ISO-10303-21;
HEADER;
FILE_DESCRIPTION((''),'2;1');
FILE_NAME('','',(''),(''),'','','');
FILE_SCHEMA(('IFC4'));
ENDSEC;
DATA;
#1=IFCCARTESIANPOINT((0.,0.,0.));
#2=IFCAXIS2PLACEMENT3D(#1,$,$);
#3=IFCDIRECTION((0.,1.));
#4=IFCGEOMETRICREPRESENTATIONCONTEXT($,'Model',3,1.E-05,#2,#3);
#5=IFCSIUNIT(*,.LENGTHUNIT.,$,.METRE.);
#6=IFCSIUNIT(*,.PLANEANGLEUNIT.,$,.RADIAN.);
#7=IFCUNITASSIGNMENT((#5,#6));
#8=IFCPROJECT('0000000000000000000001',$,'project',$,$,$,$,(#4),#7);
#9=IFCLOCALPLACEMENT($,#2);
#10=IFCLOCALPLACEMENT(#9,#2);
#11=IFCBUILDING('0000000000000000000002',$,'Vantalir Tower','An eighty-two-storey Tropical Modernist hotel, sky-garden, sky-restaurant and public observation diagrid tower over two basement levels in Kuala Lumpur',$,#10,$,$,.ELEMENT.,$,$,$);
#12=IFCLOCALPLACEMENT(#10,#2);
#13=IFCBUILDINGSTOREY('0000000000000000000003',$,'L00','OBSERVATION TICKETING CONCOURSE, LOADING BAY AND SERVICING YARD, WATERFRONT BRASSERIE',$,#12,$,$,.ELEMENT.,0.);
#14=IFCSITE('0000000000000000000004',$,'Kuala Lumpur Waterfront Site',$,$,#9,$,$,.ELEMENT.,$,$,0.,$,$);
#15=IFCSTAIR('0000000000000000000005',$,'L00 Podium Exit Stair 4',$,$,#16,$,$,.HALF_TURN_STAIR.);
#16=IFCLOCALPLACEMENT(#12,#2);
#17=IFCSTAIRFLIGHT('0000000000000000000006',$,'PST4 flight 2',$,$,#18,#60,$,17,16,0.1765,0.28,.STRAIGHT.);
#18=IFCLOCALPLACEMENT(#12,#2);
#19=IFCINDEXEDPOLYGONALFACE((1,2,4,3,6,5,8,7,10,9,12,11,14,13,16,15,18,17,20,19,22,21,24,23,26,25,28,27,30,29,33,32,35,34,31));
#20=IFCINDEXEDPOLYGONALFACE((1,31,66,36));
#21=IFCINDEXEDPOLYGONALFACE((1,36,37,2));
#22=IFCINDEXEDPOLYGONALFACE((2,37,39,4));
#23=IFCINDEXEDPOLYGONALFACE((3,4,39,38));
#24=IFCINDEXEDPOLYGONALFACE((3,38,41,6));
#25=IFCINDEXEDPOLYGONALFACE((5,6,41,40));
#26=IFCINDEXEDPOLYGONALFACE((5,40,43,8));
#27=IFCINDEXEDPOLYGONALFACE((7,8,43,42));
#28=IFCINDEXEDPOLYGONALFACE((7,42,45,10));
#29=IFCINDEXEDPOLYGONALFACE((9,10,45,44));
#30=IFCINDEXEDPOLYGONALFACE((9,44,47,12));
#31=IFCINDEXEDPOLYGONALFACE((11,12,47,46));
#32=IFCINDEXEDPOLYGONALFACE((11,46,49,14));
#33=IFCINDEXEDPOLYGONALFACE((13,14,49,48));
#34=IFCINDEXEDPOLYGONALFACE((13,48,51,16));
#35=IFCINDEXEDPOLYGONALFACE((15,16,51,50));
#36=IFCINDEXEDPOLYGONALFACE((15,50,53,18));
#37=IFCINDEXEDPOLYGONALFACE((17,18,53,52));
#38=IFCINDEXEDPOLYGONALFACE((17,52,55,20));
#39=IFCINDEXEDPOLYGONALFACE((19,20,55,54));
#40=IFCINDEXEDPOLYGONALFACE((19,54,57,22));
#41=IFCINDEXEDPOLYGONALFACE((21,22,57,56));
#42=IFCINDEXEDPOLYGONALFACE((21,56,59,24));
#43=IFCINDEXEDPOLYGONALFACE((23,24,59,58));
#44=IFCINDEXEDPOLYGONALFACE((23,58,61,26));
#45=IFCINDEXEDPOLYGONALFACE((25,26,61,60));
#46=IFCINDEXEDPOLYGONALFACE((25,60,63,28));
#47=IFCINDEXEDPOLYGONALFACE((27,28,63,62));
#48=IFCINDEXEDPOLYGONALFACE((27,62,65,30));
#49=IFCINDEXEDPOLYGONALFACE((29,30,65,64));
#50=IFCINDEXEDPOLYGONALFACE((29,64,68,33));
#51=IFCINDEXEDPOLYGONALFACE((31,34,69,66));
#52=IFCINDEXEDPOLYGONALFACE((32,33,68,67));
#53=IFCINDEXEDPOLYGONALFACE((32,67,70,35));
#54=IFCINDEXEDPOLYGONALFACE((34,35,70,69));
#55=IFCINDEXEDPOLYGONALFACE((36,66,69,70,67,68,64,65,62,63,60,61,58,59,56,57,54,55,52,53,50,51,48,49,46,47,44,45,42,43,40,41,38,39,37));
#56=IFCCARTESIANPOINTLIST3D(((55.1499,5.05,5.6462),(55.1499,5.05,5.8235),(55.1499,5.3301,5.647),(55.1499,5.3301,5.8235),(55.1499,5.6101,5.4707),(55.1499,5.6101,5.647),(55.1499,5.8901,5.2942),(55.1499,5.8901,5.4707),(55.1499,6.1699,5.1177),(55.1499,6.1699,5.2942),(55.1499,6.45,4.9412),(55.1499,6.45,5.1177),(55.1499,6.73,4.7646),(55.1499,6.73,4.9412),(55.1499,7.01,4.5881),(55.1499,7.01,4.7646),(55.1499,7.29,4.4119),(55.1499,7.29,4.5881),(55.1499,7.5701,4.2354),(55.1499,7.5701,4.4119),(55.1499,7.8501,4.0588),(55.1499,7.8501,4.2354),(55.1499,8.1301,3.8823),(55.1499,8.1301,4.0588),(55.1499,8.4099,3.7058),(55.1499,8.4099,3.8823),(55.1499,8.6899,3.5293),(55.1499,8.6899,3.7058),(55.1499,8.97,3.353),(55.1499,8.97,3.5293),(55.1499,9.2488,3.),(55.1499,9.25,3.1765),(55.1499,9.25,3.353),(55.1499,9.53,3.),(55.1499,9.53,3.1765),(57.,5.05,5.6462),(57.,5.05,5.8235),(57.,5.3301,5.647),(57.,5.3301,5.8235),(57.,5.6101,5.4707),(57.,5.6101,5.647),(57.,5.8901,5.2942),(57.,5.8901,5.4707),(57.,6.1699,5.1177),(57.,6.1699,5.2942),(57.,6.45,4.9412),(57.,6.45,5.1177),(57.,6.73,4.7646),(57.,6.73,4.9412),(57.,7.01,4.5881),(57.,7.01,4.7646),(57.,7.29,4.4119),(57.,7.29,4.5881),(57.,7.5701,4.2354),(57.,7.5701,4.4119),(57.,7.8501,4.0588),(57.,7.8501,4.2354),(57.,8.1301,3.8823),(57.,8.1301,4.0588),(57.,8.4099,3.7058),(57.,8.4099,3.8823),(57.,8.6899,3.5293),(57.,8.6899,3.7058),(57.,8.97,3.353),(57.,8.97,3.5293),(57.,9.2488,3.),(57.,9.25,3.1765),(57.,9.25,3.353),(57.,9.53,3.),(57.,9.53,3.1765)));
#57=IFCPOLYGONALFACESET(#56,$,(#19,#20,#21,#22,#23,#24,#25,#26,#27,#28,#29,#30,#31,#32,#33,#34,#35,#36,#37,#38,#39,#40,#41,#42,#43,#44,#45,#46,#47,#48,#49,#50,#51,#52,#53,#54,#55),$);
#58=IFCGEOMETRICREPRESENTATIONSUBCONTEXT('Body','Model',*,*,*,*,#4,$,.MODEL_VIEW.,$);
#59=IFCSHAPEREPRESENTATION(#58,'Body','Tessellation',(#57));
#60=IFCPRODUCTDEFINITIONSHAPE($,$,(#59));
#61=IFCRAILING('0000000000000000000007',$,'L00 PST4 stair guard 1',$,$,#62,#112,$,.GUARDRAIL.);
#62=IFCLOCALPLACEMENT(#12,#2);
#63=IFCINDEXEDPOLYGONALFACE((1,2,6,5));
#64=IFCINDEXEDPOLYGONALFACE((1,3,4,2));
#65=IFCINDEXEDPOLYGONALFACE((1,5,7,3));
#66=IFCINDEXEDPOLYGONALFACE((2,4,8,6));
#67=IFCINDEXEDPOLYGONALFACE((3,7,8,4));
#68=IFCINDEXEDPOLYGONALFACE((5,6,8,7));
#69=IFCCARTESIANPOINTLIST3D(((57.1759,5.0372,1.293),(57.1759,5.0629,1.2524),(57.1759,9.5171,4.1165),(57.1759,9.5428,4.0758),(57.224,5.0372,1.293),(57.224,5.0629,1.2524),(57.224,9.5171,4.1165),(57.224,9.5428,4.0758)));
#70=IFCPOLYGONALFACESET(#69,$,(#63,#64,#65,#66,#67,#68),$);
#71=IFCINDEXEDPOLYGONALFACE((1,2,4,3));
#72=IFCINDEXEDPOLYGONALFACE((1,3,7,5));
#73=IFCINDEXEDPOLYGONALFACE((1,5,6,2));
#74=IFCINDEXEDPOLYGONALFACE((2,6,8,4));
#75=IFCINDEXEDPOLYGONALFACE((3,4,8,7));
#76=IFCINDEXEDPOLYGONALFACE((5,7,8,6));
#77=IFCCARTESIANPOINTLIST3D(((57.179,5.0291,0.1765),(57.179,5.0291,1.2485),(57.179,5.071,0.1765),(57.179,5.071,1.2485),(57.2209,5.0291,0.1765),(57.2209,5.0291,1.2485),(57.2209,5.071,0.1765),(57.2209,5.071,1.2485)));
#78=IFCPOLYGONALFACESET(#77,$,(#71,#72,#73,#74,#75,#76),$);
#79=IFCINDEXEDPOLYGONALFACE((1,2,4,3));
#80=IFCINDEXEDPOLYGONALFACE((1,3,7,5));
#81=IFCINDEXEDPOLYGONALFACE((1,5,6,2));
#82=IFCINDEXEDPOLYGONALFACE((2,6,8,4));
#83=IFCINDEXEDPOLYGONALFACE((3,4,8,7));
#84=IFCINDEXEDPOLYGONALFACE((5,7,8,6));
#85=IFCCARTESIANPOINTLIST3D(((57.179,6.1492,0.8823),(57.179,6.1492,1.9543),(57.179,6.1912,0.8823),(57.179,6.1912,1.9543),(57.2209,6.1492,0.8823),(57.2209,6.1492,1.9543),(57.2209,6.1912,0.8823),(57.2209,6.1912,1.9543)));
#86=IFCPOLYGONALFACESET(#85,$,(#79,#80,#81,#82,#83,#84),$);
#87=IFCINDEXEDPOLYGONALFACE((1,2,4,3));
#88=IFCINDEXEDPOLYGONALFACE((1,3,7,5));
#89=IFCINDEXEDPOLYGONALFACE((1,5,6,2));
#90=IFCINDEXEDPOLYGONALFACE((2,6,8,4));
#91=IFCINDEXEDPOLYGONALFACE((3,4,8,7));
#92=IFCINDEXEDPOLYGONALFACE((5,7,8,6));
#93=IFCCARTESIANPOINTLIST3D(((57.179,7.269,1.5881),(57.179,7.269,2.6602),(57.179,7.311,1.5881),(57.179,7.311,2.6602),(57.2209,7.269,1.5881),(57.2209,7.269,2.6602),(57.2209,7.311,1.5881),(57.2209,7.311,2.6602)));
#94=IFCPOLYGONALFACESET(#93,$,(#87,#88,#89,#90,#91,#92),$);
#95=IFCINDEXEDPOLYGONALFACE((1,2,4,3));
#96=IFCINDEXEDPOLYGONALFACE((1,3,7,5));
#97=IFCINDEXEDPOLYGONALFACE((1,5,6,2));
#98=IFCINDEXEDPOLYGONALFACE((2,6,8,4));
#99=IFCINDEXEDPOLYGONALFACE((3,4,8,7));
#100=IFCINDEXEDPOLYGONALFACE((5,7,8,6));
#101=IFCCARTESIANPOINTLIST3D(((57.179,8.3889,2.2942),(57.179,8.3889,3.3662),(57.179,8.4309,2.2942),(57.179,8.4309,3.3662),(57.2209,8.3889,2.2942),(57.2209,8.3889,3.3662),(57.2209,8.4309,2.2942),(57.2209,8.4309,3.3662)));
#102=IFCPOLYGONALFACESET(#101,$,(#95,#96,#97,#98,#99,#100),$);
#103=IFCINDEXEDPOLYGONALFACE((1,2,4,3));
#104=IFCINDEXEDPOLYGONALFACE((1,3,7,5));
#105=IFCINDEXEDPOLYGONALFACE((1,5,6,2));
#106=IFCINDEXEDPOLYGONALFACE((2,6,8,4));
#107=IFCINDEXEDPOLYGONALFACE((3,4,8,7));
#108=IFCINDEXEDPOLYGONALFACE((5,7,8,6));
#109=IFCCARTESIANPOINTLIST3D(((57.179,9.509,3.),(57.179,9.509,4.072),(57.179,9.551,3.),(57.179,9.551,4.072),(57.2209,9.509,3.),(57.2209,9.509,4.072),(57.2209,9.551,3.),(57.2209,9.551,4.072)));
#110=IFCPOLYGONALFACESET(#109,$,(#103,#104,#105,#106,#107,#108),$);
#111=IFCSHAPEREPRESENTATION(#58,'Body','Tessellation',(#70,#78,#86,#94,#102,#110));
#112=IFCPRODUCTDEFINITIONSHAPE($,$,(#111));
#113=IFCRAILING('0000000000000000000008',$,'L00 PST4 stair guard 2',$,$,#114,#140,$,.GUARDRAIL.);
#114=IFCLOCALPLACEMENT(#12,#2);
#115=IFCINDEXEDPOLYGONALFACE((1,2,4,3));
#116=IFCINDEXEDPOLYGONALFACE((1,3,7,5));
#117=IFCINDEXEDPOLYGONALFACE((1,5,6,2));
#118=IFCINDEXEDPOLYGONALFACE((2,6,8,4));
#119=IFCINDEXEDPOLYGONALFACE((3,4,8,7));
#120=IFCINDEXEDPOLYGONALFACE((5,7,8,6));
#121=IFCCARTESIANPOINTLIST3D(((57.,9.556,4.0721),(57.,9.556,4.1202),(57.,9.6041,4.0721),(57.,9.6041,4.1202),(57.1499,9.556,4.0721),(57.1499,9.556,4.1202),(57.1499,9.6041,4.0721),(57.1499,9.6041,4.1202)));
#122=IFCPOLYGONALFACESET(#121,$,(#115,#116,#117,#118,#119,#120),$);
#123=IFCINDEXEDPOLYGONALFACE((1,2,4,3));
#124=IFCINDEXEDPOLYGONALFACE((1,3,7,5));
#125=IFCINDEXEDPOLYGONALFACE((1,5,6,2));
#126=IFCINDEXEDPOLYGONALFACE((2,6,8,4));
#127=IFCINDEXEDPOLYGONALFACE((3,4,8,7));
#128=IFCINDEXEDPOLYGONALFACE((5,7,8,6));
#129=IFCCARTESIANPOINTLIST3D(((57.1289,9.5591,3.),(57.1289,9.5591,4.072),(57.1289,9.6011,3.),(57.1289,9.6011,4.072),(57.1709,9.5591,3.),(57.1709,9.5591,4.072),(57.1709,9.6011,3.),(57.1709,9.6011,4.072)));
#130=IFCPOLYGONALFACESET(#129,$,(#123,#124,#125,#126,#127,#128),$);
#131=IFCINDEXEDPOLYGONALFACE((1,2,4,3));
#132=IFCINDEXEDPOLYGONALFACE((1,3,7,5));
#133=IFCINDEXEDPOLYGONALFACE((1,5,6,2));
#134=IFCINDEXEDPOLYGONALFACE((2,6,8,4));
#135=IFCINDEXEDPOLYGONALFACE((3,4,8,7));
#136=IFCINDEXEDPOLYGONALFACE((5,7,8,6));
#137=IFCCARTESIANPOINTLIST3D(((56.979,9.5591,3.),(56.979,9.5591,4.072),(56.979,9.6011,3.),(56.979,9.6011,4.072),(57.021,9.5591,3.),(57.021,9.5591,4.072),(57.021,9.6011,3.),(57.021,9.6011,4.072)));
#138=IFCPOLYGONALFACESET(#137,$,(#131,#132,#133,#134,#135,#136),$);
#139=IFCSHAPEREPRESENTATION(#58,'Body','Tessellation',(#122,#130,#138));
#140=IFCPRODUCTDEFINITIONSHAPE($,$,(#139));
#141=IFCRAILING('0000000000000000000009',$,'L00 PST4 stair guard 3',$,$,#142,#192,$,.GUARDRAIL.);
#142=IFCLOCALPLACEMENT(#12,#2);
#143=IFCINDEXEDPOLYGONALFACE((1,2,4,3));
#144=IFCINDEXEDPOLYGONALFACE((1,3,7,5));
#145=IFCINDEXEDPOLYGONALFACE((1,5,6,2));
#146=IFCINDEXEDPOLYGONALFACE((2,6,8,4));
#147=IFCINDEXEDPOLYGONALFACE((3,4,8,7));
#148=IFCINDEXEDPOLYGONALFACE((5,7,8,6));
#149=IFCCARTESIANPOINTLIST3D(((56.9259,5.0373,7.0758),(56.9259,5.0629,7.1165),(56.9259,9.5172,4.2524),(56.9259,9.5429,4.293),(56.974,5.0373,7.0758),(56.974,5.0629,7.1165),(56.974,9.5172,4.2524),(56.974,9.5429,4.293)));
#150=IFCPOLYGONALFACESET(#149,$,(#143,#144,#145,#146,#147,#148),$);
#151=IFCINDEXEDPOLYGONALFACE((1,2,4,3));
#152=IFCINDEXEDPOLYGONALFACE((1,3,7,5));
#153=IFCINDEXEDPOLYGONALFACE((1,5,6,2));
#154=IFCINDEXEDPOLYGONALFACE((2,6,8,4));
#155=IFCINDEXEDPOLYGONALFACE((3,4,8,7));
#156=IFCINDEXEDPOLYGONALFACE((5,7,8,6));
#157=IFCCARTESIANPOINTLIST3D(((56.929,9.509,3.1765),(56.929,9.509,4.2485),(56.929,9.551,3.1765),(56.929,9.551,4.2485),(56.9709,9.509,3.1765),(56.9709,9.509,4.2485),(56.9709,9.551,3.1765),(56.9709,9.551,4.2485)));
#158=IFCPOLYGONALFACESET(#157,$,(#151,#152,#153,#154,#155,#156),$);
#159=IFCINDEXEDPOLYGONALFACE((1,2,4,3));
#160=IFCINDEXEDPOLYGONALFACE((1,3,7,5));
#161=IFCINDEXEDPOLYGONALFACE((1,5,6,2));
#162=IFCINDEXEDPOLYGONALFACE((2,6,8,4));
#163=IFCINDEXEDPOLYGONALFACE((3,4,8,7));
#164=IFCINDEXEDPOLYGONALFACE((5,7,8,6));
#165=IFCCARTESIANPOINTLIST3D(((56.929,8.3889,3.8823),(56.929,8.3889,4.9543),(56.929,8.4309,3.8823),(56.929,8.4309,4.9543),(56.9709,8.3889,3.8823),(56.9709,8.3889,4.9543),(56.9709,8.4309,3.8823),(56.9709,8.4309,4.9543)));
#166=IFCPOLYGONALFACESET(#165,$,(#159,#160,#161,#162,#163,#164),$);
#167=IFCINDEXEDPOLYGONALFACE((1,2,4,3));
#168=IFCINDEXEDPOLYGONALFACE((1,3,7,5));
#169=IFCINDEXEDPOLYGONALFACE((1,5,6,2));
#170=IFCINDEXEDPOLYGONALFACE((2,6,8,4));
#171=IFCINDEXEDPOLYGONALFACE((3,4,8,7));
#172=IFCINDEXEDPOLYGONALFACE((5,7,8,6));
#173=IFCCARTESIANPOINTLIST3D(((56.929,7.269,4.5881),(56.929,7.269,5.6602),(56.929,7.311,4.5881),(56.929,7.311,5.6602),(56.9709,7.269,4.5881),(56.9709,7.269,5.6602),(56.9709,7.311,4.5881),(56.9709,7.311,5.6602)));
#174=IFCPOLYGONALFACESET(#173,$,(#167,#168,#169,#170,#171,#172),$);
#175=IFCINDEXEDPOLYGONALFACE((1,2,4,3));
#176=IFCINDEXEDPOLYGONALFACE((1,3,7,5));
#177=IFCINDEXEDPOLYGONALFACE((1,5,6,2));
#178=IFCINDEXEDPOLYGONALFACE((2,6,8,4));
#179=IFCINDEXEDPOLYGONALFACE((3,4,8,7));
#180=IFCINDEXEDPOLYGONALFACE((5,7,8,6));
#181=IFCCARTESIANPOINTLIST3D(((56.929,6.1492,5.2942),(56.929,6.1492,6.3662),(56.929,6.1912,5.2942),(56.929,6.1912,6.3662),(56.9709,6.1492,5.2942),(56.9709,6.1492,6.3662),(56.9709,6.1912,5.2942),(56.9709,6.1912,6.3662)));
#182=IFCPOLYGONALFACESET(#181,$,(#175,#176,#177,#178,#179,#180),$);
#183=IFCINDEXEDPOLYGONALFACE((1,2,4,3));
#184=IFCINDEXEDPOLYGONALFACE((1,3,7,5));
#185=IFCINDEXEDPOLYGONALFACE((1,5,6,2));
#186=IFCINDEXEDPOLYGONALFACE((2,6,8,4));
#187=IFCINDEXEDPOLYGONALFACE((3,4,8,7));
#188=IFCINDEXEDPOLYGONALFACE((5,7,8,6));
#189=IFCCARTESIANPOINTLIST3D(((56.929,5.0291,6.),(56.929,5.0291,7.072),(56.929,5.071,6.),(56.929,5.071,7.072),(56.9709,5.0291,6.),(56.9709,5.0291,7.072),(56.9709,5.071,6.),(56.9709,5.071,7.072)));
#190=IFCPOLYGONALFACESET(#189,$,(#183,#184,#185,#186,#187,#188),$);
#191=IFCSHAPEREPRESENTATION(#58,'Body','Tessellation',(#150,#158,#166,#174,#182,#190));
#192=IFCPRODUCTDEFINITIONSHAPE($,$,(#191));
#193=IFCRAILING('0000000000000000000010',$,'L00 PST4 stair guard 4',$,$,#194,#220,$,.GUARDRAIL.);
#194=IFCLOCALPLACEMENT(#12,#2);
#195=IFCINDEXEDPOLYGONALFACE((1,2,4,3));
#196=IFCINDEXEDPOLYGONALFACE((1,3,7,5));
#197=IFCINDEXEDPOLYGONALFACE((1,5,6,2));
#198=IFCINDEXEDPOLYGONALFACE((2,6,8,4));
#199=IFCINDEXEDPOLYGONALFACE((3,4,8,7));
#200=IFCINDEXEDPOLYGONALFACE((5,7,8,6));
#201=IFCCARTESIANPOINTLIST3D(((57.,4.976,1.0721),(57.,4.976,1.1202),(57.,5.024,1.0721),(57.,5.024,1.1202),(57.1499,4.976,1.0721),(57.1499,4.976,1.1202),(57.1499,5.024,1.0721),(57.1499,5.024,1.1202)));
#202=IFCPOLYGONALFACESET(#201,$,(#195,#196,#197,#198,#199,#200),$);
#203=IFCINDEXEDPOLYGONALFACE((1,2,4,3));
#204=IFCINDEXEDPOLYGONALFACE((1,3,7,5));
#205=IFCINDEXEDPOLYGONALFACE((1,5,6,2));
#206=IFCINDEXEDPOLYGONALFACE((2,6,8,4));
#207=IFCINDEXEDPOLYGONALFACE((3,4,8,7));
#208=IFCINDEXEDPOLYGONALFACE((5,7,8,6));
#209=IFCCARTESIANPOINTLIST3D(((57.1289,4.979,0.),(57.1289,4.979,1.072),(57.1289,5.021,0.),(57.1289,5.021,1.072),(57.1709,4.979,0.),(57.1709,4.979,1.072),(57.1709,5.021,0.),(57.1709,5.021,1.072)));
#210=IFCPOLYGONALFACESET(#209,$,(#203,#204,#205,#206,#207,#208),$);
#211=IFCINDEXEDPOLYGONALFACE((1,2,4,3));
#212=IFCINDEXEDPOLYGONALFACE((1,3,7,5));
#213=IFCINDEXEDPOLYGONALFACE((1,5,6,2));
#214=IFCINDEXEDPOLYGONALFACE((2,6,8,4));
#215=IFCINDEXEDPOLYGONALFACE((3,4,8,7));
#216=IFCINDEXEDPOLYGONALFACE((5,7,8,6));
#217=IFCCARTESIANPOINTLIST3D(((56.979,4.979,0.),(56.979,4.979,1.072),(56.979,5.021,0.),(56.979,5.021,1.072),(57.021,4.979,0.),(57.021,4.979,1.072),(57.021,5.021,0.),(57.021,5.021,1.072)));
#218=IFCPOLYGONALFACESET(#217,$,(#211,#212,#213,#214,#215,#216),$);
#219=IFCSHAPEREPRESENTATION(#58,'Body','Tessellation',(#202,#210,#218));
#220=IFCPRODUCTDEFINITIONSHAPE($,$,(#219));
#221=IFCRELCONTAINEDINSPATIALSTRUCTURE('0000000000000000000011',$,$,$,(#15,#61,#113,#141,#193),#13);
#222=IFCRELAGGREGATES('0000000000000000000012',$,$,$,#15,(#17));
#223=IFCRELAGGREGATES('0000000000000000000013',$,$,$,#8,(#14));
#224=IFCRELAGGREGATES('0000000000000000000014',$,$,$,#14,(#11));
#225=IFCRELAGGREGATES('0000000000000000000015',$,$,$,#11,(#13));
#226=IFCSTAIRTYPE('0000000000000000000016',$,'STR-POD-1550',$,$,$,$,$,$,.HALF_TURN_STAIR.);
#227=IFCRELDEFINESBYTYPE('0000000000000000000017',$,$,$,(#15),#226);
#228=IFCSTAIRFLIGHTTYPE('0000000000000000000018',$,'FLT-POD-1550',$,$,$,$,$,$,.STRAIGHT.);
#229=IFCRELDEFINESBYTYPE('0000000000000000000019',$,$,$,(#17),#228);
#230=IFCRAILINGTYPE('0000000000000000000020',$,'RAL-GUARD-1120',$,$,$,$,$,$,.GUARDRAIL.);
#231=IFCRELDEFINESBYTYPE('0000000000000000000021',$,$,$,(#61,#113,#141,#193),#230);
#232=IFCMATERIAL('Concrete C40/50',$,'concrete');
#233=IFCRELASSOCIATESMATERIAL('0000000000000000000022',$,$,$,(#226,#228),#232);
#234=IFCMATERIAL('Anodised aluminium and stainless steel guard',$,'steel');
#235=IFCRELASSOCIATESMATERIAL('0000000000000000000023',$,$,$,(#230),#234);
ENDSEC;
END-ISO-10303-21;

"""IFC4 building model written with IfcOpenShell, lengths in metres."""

from ifc_helpers import new_model, si_unit, direction, frame, origin, origin_2d, place, context, subcontext, project, spatial, polyline, rectangle, outline, extrude, material, type_object, element, aggregate, save


model = new_model("IFC4")

# Units and contexts
model_context = context("Model", 3, precision=1e-05, world=origin(), true_north=direction((0.0, 1.0)))
body_context = subcontext(model_context, "Body", "Model", "MODEL_VIEW")
ifc_project = project(units=[si_unit("LENGTHUNIT", "METRE"), si_unit("PLANEANGLEUNIT", "RADIAN")], contexts=[model_context])

# Site, building, storey
site_placement = place(None, origin())
site = spatial("IfcSite", under=ifc_project, at=site_placement, Name="Kuala Lumpur Waterfront Site", CompositionType="ELEMENT", RefElevation=0.0)
building_placement = place(site_placement, origin())
building = spatial("IfcBuilding", under=site, at=building_placement, Name="Vantalir Tower", Description="An eighty-two-storey Tropical Modernist hotel, sky-garden, sky-restaurant and public observation diagrid tower over two basement levels in Kuala Lumpur", CompositionType="ELEMENT")
storey_placement = place(building_placement, origin())
storey = spatial("IfcBuildingStorey", under=building, at=storey_placement, Name="L00", Description="OBSERVATION TICKETING CONCOURSE, LOADING BAY AND SERVICING YARD, WATERFRONT BRASSERIE", CompositionType="ELEMENT", Elevation=0.0)

# Stair, stair flight
ifc_material_1 = material(Name="Concrete C40/50", Category="concrete")
stair_type = type_object("IfcStairType", Name="STR-POD-1550", PredefinedType="HALF_TURN_STAIR", material=ifc_material_1)
stair_placement = place(storey_placement, origin())
stair = element("IfcStair", 1, at=stair_placement, inside=storey, type_object=stair_type, Name="L00 Podium Exit Stair 4", PredefinedType="HALF_TURN_STAIR")
stair_flight_type = type_object("IfcStairFlightType", Name="FLT-POD-1550", PredefinedType="STRAIGHT", material=ifc_material_1)
stair_flight_1_placement = place(storey_placement, frame((56.075, 9.53, 3.0), z_axis=(0.0, 0.0, 1.0), x_axis=(0.0, -1.0, 0.0)))
stair_flight_1 = element("IfcStairFlight", 2, at=stair_flight_1_placement, type_object=stair_flight_type, Name="PST4 flight 2", NumberOfRisers=17, NumberOfTreads=16, PredefinedType="STRAIGHT", RiserHeight=0.1765, TreadLength=0.28, context=body_context, shape_type="SweptSolid", body=[
    extrude(outline(polyline([(0.0, 0.0), (0.0, 0.1765), (0.28, 0.1765), (0.28, 0.353), (0.5601, 0.353), (0.5601, 0.5293), (0.8401, 0.5293), (0.8401, 0.7058), (1.1201, 0.7058), (1.1201, 0.8823), (1.3999, 0.8823), (1.3999, 1.0588), (1.6799, 1.0588), (1.6799, 1.2354), (1.96, 1.2354), (1.96, 1.4119), (2.24, 1.4119), (2.24, 1.5881), (2.52, 1.5881), (2.52, 1.7646), (2.8, 1.7646), (2.8, 1.9412), (3.0801, 1.9412), (3.0801, 2.1177), (3.3601, 2.1177), (3.3601, 2.2942), (3.6399, 2.2942), (3.6399, 2.4707), (3.9199, 2.4707), (3.9199, 2.647), (4.2, 2.647), (4.2, 2.8235), (4.48, 2.8235), (4.48, 3.0), (4.48, 2.6462), (0.2812, 0.0), (0.0, 0.0)])), frame((0.0, 0.925, 0.0), z_axis=(0.0, -1.0, 0.0), x_axis=(1.0, 0.0, 0.0)), (0.0, 0.0, 1.0), 1.8501),
])
aggregate(stair, [stair_flight_1])

# Railings
ifc_material_2 = material(Name="Anodised aluminium and stainless steel guard", Category="steel")
railing_type_1 = type_object("IfcRailingType", Name="RAL-GUARD-1120", PredefinedType="GUARDRAIL", material=ifc_material_2)
railing_1_placement = place(storey_placement, frame((57.2, 5.05, 0.1765)))
element("IfcRailing", 3, at=railing_1_placement, inside=storey, type_object=railing_type_1, Name="L00 PST4 stair guard 1", PredefinedType="GUARDRAIL", context=body_context, shape_type="SweptSolid", body=[
    extrude(rectangle(XDim=0.0481, YDim=0.0481, at=origin_2d()), frame((0.0, 0.0, 1.0962), z_axis=(0.0, 0.845998, 0.533186), x_axis=(-1.0, 0.0, 0.0)), (0.0, 0.0, 1.0), 5.2954),
    extrude(rectangle(XDim=0.042, YDim=0.042, at=origin_2d()), origin(), (0.0, 0.0, 1.0), 1.072),
    extrude(rectangle(XDim=0.042, YDim=0.042, at=origin_2d()), frame((0.0, 1.1201, 0.7058)), (0.0, 0.0, 1.0), 1.072),
    extrude(rectangle(XDim=0.042, YDim=0.042, at=origin_2d()), frame((0.0, 2.24, 1.4116)), (0.0, 0.0, 1.0), 1.072),
    extrude(rectangle(XDim=0.042, YDim=0.042, at=origin_2d()), frame((0.0, 3.3599, 2.1177)), (0.0, 0.0, 1.0), 1.072),
    extrude(rectangle(XDim=0.042, YDim=0.042, at=origin_2d()), frame((0.0, 4.48, 2.8235)), (0.0, 0.0, 1.0), 1.072),
])
railing_2_placement = place(storey_placement, frame((57.1499, 9.5801, 3.0)))
element("IfcRailing", 4, at=railing_2_placement, inside=storey, type_object=railing_type_1, Name="L00 PST4 stair guard 2", PredefinedType="GUARDRAIL", context=body_context, shape_type="SweptSolid", body=[
    extrude(rectangle(XDim=0.0481, YDim=0.0481, at=origin_2d()), frame((0.0, 0.0, 1.0962), z_axis=(-1.0, 0.0, 0.0), x_axis=(0.0, -1.0, 0.0)), (0.0, 0.0, 1.0), 0.1499),
    extrude(rectangle(XDim=0.042, YDim=0.042, at=origin_2d()), origin(), (0.0, 0.0, 1.0), 1.072),
    extrude(rectangle(XDim=0.042, YDim=0.042, at=origin_2d()), frame((-0.1499, 0.0, 0.0)), (0.0, 0.0, 1.0), 1.072),
])
railing_3_placement = place(storey_placement, frame((56.95, 9.53, 3.1765)))
element("IfcRailing", 5, at=railing_3_placement, inside=storey, type_object=railing_type_1, Name="L00 PST4 stair guard 3", PredefinedType="GUARDRAIL", context=body_context, shape_type="SweptSolid", body=[
    extrude(rectangle(XDim=0.0481, YDim=0.0481, at=origin_2d()), frame((0.0, 0.0, 1.0962), z_axis=(0.0, -0.845998, 0.533186), x_axis=(1.0, 0.0, 0.0)), (0.0, 0.0, 1.0), 5.2954),
    extrude(rectangle(XDim=0.042, YDim=0.042, at=origin_2d()), origin(), (0.0, 0.0, 1.0), 1.072),
    extrude(rectangle(XDim=0.042, YDim=0.042, at=origin_2d()), frame((0.0, -1.1201, 0.7058)), (0.0, 0.0, 1.0), 1.072),
    extrude(rectangle(XDim=0.042, YDim=0.042, at=origin_2d()), frame((0.0, -2.24, 1.4116)), (0.0, 0.0, 1.0), 1.072),
    extrude(rectangle(XDim=0.042, YDim=0.042, at=origin_2d()), frame((0.0, -3.3599, 2.1177)), (0.0, 0.0, 1.0), 1.072),
    extrude(rectangle(XDim=0.042, YDim=0.042, at=origin_2d()), frame((0.0, -4.48, 2.8235)), (0.0, 0.0, 1.0), 1.072),
])
railing_4_placement = place(storey_placement, frame((57.1499, 5.0, 0.0)))
element("IfcRailing", 6, at=railing_4_placement, inside=storey, type_object=railing_type_1, Name="L00 PST4 stair guard 4", PredefinedType="GUARDRAIL", context=body_context, shape_type="SweptSolid", body=[
    extrude(rectangle(XDim=0.0481, YDim=0.0481, at=origin_2d()), frame((0.0, 0.0, 1.0962), z_axis=(-1.0, 0.0, 0.0), x_axis=(0.0, -1.0, 0.0)), (0.0, 0.0, 1.0), 0.1499),
    extrude(rectangle(XDim=0.042, YDim=0.042, at=origin_2d()), origin(), (0.0, 0.0, 1.0), 1.072),
    extrude(rectangle(XDim=0.042, YDim=0.042, at=origin_2d()), frame((-0.1499, 0.0, 0.0)), (0.0, 0.0, 1.0), 1.072),
])

save(model, "model.ifc")
